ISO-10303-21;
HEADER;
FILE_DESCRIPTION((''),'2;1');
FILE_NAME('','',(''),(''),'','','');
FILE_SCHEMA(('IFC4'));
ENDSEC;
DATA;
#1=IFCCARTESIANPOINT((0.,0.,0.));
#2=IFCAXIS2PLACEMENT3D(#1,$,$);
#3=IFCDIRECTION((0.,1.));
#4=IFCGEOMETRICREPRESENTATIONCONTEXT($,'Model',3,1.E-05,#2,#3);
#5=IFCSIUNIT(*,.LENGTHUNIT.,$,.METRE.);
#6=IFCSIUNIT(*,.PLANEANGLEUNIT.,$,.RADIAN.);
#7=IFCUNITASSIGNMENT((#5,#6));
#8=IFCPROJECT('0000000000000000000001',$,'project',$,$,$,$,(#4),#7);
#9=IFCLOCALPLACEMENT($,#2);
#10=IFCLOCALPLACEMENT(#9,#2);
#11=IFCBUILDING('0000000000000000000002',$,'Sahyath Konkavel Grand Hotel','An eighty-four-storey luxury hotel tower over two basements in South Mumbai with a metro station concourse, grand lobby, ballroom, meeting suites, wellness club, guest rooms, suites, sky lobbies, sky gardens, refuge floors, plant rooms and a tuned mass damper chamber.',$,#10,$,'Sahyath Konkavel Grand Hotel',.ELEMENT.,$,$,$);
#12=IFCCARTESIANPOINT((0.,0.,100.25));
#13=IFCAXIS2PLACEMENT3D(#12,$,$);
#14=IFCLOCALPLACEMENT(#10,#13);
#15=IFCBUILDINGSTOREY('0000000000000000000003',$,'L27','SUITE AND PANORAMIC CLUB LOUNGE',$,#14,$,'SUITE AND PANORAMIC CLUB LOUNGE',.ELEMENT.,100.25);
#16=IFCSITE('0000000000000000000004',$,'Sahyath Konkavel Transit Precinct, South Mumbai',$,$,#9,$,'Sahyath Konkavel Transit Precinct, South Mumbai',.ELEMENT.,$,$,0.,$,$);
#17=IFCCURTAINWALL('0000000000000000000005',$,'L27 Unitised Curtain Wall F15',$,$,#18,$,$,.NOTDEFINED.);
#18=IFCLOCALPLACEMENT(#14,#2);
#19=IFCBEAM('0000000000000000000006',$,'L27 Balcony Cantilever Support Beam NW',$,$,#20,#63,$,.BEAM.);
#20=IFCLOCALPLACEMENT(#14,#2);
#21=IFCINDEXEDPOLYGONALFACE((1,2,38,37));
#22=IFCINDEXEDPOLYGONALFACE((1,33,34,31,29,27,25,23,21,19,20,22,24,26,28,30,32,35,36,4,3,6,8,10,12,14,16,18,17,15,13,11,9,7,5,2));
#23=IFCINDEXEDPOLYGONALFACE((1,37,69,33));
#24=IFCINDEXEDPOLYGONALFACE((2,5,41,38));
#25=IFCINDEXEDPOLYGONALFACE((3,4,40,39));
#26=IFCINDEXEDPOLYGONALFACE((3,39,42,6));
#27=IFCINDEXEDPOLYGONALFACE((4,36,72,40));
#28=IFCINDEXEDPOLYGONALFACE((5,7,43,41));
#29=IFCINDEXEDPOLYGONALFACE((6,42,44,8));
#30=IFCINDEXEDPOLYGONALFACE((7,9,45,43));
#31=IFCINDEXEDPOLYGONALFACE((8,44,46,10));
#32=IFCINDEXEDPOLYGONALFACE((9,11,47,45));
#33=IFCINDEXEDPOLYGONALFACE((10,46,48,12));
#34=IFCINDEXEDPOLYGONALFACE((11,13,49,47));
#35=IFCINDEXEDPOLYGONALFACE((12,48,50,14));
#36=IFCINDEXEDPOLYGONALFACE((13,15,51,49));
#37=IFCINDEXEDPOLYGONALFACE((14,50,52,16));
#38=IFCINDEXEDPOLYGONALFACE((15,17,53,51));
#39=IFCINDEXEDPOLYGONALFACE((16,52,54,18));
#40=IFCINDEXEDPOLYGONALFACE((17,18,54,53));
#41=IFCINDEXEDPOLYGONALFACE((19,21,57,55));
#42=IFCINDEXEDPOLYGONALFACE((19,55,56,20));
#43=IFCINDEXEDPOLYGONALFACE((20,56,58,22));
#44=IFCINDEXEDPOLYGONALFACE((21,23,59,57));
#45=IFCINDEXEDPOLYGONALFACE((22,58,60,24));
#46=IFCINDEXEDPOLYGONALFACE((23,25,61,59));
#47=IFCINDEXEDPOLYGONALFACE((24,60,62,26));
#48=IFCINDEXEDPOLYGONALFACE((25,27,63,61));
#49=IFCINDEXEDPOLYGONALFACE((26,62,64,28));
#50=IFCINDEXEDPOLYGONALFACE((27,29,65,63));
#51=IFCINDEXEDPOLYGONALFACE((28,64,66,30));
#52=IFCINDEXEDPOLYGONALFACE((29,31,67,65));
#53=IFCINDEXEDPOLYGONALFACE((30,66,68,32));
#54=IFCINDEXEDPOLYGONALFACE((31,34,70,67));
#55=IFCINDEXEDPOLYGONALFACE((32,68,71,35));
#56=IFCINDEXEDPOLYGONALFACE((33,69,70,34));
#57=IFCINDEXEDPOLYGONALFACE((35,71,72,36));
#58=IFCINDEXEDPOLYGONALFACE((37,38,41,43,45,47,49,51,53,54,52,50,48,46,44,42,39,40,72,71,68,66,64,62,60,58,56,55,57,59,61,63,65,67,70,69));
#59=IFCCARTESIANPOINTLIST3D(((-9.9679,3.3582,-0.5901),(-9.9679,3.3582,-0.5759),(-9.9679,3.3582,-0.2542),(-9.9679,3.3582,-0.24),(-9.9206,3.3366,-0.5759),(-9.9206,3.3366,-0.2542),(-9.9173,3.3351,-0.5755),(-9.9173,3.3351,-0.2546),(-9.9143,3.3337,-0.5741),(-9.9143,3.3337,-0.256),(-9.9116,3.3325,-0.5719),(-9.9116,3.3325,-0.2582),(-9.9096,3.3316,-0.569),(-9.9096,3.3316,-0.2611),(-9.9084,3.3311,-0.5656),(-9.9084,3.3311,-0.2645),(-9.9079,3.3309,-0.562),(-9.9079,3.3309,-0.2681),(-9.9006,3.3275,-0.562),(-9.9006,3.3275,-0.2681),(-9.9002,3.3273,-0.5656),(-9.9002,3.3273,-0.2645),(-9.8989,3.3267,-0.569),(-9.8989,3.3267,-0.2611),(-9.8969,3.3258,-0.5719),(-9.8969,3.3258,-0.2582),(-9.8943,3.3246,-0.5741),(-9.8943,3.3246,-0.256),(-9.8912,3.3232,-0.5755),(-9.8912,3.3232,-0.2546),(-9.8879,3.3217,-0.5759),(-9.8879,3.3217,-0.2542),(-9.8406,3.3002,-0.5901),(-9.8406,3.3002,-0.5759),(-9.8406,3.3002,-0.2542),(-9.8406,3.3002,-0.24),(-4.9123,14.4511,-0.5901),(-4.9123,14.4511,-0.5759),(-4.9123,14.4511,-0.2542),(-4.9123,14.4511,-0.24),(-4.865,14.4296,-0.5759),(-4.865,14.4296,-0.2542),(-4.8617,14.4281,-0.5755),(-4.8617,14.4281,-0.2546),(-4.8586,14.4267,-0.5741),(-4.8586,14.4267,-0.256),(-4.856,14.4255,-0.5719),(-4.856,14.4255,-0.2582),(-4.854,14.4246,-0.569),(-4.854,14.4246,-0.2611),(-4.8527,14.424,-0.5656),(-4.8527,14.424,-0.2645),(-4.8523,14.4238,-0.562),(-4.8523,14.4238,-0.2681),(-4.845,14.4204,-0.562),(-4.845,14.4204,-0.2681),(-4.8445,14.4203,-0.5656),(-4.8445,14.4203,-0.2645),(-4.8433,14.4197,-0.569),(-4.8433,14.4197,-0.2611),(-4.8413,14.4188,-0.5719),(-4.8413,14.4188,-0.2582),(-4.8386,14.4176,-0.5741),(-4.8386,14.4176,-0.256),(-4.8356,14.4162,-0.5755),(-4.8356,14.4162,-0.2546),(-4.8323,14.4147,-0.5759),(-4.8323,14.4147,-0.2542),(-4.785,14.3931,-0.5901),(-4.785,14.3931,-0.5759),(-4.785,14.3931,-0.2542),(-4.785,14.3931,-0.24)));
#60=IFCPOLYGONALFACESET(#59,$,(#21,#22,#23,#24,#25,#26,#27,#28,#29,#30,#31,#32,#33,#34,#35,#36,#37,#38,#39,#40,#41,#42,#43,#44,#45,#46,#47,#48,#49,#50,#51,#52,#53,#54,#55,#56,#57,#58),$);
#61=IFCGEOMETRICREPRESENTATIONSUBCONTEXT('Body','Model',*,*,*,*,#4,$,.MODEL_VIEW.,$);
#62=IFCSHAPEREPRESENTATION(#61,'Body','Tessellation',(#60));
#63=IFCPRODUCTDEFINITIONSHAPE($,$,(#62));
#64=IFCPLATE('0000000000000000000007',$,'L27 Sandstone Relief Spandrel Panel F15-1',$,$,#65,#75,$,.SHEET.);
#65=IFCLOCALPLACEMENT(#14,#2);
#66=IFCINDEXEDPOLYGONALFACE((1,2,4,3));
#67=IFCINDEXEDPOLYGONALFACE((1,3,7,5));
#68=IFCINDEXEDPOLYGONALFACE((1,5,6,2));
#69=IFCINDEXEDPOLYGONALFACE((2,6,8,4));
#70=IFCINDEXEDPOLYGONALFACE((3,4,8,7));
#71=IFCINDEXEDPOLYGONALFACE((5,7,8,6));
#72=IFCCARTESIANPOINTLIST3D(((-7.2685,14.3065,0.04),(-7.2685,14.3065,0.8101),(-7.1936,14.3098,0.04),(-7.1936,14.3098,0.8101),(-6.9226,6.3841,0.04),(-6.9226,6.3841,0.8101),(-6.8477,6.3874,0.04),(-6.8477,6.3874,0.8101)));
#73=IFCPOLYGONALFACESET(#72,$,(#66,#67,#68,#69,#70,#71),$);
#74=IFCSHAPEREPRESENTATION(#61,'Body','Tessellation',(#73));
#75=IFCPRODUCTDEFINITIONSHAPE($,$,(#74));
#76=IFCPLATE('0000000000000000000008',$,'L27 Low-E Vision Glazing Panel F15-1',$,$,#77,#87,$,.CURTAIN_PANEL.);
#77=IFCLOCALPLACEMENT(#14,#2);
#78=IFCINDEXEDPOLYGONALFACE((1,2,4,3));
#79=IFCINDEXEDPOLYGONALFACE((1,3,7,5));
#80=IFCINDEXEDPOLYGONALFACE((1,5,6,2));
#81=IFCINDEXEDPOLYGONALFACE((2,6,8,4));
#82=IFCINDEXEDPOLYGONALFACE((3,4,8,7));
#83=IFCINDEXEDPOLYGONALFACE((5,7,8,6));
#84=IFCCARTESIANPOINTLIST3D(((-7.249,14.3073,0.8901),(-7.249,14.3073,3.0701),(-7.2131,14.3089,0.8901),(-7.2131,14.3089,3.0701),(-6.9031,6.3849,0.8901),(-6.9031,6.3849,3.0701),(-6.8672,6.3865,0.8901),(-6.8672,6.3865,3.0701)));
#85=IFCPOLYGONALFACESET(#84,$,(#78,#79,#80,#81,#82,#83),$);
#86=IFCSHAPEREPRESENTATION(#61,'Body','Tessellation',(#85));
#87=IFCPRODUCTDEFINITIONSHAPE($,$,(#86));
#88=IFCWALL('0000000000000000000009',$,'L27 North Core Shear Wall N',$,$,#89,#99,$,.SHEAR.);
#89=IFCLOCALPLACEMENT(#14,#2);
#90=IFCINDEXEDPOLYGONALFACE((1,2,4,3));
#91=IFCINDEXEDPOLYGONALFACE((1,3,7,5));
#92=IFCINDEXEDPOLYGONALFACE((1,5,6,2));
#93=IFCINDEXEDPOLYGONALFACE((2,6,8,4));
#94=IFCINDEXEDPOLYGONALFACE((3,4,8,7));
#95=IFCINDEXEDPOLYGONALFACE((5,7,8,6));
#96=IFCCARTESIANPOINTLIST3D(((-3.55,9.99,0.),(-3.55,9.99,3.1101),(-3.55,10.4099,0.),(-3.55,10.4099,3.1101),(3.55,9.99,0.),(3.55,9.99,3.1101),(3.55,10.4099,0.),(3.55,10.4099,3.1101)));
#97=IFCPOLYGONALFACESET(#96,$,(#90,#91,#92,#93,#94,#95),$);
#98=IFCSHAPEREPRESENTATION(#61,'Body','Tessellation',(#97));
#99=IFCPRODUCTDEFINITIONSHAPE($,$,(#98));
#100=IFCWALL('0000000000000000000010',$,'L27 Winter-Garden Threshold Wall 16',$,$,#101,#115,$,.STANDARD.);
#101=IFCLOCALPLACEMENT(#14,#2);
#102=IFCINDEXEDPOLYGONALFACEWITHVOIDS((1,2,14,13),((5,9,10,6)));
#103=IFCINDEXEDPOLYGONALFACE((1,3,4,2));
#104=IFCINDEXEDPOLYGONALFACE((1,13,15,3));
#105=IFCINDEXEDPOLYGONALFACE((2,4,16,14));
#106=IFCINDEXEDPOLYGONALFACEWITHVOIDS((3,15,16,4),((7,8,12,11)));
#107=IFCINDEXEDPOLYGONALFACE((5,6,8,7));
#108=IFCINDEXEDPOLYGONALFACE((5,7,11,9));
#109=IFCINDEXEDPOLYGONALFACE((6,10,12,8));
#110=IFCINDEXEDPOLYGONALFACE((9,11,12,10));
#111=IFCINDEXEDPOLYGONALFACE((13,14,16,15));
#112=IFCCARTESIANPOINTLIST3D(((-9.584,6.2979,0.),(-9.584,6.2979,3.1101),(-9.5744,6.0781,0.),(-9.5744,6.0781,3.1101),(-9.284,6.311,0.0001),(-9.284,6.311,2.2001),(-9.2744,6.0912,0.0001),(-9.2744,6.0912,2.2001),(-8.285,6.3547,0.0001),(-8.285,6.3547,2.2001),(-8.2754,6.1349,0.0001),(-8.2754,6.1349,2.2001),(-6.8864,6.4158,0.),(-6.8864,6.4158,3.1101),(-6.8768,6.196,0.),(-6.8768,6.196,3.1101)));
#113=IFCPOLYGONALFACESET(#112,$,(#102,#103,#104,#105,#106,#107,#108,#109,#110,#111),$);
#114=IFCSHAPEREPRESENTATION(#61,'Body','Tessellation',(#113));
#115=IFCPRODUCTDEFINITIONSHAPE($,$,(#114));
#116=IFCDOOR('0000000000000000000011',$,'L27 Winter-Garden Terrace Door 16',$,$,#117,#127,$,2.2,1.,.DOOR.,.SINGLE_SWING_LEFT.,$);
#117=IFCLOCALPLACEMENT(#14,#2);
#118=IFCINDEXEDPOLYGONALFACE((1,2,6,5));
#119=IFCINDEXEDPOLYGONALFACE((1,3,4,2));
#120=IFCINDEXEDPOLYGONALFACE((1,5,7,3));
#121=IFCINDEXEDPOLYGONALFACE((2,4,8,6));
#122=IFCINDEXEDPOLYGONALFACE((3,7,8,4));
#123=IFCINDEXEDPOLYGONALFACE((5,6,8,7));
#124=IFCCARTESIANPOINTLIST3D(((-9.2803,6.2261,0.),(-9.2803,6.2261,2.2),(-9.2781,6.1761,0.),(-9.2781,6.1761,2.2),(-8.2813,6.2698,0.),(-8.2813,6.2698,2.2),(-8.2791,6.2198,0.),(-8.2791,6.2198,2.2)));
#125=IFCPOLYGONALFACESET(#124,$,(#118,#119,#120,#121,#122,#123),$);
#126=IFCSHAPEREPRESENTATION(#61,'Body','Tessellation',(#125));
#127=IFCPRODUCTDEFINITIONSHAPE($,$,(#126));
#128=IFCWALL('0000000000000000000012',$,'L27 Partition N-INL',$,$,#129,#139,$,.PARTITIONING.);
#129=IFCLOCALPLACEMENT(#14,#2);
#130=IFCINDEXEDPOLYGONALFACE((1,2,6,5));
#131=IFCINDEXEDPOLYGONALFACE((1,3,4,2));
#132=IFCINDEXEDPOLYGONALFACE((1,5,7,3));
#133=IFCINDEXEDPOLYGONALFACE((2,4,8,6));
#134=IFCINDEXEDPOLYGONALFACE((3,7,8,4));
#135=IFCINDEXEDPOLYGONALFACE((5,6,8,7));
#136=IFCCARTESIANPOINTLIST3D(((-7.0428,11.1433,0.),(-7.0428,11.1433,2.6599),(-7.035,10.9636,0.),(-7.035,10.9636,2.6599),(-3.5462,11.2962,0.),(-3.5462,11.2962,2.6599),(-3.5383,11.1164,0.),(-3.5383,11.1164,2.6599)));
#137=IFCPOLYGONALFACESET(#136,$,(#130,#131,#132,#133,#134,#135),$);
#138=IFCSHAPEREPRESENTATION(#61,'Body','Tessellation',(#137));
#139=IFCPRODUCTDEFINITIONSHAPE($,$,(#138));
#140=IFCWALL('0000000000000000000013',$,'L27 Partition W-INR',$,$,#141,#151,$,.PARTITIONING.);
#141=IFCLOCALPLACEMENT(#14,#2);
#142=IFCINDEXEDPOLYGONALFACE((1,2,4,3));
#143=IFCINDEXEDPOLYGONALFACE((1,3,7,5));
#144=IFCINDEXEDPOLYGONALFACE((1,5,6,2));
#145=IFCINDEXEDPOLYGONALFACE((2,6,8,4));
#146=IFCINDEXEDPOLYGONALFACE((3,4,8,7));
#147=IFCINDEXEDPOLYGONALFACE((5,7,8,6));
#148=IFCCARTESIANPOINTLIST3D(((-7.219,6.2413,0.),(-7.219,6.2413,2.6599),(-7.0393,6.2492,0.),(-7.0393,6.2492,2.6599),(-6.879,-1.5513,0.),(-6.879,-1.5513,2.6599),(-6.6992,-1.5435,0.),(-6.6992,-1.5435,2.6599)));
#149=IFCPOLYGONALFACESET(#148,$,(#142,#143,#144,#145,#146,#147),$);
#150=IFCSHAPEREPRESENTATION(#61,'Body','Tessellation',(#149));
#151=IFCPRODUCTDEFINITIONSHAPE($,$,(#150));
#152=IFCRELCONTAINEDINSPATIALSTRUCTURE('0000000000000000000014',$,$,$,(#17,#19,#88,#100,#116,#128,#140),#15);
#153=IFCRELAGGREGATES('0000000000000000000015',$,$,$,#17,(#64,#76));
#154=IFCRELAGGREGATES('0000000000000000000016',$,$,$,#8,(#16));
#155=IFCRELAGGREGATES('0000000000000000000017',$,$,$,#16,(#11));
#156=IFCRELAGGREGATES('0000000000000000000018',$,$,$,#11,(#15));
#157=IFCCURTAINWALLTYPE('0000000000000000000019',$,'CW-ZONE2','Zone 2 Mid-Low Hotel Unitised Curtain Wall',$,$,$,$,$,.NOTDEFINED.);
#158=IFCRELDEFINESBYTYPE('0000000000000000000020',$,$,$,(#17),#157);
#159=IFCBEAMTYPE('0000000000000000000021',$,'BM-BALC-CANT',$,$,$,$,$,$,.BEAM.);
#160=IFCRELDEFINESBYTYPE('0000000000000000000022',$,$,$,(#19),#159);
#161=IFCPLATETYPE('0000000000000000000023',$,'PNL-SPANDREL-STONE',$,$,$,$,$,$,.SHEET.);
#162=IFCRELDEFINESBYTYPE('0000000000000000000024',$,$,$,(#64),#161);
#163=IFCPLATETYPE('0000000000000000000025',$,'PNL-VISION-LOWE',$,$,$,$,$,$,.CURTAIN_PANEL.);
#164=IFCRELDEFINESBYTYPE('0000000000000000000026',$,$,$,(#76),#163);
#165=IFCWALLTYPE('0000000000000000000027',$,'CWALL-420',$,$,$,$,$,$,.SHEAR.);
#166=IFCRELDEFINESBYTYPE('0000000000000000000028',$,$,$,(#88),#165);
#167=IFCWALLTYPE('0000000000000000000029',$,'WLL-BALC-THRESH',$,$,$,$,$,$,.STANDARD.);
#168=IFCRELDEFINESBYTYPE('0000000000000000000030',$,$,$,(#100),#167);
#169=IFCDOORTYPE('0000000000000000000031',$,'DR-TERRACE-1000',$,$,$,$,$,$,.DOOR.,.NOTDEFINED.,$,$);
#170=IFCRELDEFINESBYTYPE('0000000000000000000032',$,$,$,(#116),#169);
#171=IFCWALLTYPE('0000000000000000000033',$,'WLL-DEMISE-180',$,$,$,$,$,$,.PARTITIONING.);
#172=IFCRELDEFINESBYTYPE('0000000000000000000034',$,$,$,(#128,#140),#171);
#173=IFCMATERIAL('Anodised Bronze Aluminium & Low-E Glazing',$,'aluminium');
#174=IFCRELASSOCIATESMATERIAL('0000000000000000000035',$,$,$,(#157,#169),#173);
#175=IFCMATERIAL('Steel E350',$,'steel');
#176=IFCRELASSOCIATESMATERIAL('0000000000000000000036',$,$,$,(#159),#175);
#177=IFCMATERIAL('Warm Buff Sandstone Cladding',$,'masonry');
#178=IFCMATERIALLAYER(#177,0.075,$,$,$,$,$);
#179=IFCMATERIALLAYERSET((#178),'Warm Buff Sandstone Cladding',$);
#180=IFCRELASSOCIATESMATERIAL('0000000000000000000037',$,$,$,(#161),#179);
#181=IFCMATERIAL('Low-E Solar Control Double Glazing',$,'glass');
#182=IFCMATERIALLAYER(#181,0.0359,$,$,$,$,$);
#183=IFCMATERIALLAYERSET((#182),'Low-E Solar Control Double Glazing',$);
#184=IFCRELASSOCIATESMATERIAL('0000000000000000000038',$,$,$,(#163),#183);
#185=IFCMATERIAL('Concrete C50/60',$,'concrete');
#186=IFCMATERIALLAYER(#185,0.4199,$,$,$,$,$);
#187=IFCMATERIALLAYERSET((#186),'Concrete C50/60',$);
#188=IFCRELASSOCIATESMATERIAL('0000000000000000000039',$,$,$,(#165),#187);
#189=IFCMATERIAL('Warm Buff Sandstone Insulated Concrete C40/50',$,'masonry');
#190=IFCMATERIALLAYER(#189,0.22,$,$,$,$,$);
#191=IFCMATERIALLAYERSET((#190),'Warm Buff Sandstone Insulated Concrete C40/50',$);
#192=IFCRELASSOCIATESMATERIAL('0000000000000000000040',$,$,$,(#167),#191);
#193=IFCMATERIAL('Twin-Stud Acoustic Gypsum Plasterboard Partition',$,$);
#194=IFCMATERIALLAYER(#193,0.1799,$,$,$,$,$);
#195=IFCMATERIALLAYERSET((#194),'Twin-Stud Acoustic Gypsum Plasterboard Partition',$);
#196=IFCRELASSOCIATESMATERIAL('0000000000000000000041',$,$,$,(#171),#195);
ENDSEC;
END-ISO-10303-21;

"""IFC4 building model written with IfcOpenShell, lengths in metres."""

from ifc_helpers import new_model, si_unit, direction, frame, frame_2d, origin, origin_2d, place, context, subcontext, project, spatial, rectangle, i_section, extrude, source, transform, mapped, material, layer, layer_set, material_profile, profile_set, type_object, element, fill, aggregate, save


model = new_model("IFC4")

# Units and contexts
model_context = context("Model", 3, precision=1e-05, world=origin(), true_north=direction((0.0, 1.0)))
body_context = subcontext(model_context, "Body", "Model", "MODEL_VIEW")
ifc_project = project(units=[si_unit("LENGTHUNIT", "METRE"), si_unit("PLANEANGLEUNIT", "RADIAN")], contexts=[model_context])

# Site, building, storey
site_placement = place(None, origin())
site = spatial("IfcSite", under=ifc_project, at=site_placement, Name="Sahyath Konkavel Transit Precinct, South Mumbai", LongName="Sahyath Konkavel Transit Precinct, South Mumbai", CompositionType="ELEMENT", RefElevation=0.0)
building_placement = place(site_placement, origin())
building = spatial("IfcBuilding", under=site, at=building_placement, Name="Sahyath Konkavel Grand Hotel", Description="An eighty-four-storey luxury hotel tower over two basements in South Mumbai with a metro station concourse, grand lobby, ballroom, meeting suites, wellness club, guest rooms, suites, sky lobbies, sky gardens, refuge floors, plant rooms and a tuned mass damper chamber.", LongName="Sahyath Konkavel Grand Hotel", CompositionType="ELEMENT")
storey_placement = place(building_placement, frame((0.0, 0.0, 100.25)))
storey = spatial("IfcBuildingStorey", under=building, at=storey_placement, Name="L27", Description="SUITE AND PANORAMIC CLUB LOUNGE", LongName="SUITE AND PANORAMIC CLUB LOUNGE", CompositionType="ELEMENT", Elevation=100.25)

# Shared definitions
ifc_material_1 = material(Name="Steel E350", Category="steel")

# Curtain wall
ifc_material_2 = material(Name="Anodised Bronze Aluminium & Low-E Glazing", Category="aluminium")
curtain_wall_type = type_object("IfcCurtainWallType", Name="CW-ZONE2", Description="Zone 2 Mid-Low Hotel Unitised Curtain Wall", PredefinedType="NOTDEFINED", material=ifc_material_2)
curtain_wall_1_placement = place(storey_placement, origin())
curtain_wall_1 = element("IfcCurtainWall", 1, at=curtain_wall_1_placement, inside=storey, type_object=curtain_wall_type, Name="L27 Unitised Curtain Wall F15", PredefinedType="NOTDEFINED")

# Beam
ifc_material_profile_1 = material_profile(ifc_material_1, i_section(OverallWidth=0.1399, OverallDepth=0.3501, WebThickness=0.0081, FlangeThickness=0.0142, FilletRadius=0.0139, at=origin_2d()), Name="ISMB 350")
ifc_profile_set_1 = profile_set([ifc_material_profile_1], Name="Steel E350")
beam_type_1 = type_object("IfcBeamType", Name="BM-BALC-CANT", PredefinedType="BEAM", material=ifc_profile_set_1)
shared_shape_1 = source(origin(), body_context, "Body", "SweptSolid", [
    extrude(i_section(OverallWidth=0.1399, OverallDepth=0.3501, WebThickness=0.0081, FlangeThickness=0.0142, FilletRadius=0.0139, at=origin_2d()), origin(), (0.0, 0.0, 1.0), 12.1907),
])
beam_1_placement = place(storey_placement, frame((-4.8486, 14.4221, -0.415), z_axis=(-0.414713, -0.909952, 0.0), x_axis=(0.909952, -0.414713, 0.0)))
element("IfcBeam", 2, at=beam_1_placement, inside=storey, type_object=beam_type_1, Name="L27 Balcony Cantilever Support Beam NW", PredefinedType="BEAM", context=body_context, shape_type="MappedRepresentation", body=[
    mapped(shared_shape_1, transform((0.0, 0.0, 0.0), scale=1.0)),
])

# Plates
ifc_material_3 = material(Name="Warm Buff Sandstone Cladding", Category="masonry")
ifc_layer_1 = layer(ifc_material_3, 0.075)
ifc_layer_set_1 = layer_set([ifc_layer_1], Name="Warm Buff Sandstone Cladding")
plate_type_1 = type_object("IfcPlateType", Name="PNL-SPANDREL-STONE", PredefinedType="SHEET", material=ifc_layer_set_1)
shared_shape_2 = source(origin(), body_context, "Body", "SweptSolid", [
    extrude(rectangle(XDim=7.9299, YDim=0.075, at=origin_2d()), origin(), (0.0, 0.0, 1.0), 0.77),
])
plate_1_placement = place(storey_placement, frame((-7.0581, 10.3469, 0.04), z_axis=(0.0, 0.0, 1.0), x_axis=(0.043619, -0.999048, 0.0)))
plate_1 = element("IfcPlate", 3, at=plate_1_placement, type_object=plate_type_1, Name="L27 Sandstone Relief Spandrel Panel F15-1", PredefinedType="SHEET", context=body_context, shape_type="MappedRepresentation", body=[
    mapped(shared_shape_2, transform((0.0, 0.0, 0.0), scale=1.0)),
])
ifc_material_4 = material(Name="Low-E Solar Control Double Glazing", Category="glass")
ifc_layer_2 = layer(ifc_material_4, 0.0359)
ifc_layer_set_2 = layer_set([ifc_layer_2], Name="Low-E Solar Control Double Glazing")
plate_type_2 = type_object("IfcPlateType", Name="PNL-VISION-LOWE", PredefinedType="CURTAIN_PANEL", material=ifc_layer_set_2)
shared_shape_3 = source(origin(), body_context, "Body", "SweptSolid", [
    extrude(rectangle(XDim=7.9299, YDim=0.0359, at=origin_2d()), origin(), (0.0, 0.0, 1.0), 2.1799),
])
plate_2_placement = place(storey_placement, frame((-7.0581, 10.3469, 0.8901), z_axis=(0.0, 0.0, 1.0), x_axis=(0.043619, -0.999048, 0.0)))
plate_2 = element("IfcPlate", 4, at=plate_2_placement, type_object=plate_type_2, Name="L27 Low-E Vision Glazing Panel F15-1", PredefinedType="CURTAIN_PANEL", context=body_context, shape_type="MappedRepresentation", body=[
    mapped(shared_shape_3, transform((0.0, 0.0, 0.0), scale=1.0)),
])
aggregate(curtain_wall_1, [plate_1, plate_2])

# Wall
ifc_material_5 = material(Name="Concrete C50/60", Category="concrete")
ifc_layer_3 = layer(ifc_material_5, 0.4199)
ifc_layer_set_3 = layer_set([ifc_layer_3], Name="Concrete C50/60")
wall_type_1 = type_object("IfcWallType", Name="CWALL-420", PredefinedType="SHEAR", material=ifc_layer_set_3)
wall_1_placement = place(storey_placement, frame((-3.55, 10.2, 0.0), z_axis=(0.0, 0.0, 1.0), x_axis=(1.0, 0.0, 0.0)))
element("IfcWall", 5, at=wall_1_placement, inside=storey, type_object=wall_type_1, Name="L27 North Core Shear Wall N", PredefinedType="SHEAR", context=body_context, shape_type="SweptSolid", body=[
    extrude(rectangle(XDim=7.1001, YDim=0.4199, at=frame_2d((3.55, 0.0))), origin(), (0.0, 0.0, 1.0), 3.1101),
])

# Wall, opening, door
ifc_material_6 = material(Name="Warm Buff Sandstone Insulated Concrete C40/50", Category="masonry")
ifc_layer_4 = layer(ifc_material_6, 0.22)
ifc_layer_set_4 = layer_set([ifc_layer_4], Name="Warm Buff Sandstone Insulated Concrete C40/50")
wall_type_2 = type_object("IfcWallType", Name="WLL-BALC-THRESH", PredefinedType="STANDARD", material=ifc_layer_set_4)
wall_2_placement = place(storey_placement, frame((-6.8816, 6.3059, 0.0), z_axis=(0.0, 0.0, 1.0), x_axis=(-0.999046, -0.043673, 0.0)))
wall_2 = element("IfcWall", 6, at=wall_2_placement, inside=storey, type_object=wall_type_2, Name="L27 Winter-Garden Threshold Wall 16", PredefinedType="STANDARD", context=body_context, shape_type="SweptSolid", body=[
    extrude(rectangle(XDim=2.7002, YDim=0.22, at=frame_2d((1.3501, 0.0))), origin(), (0.0, 0.0, 1.0), 3.1101),
])
opening_1_placement = place(wall_2_placement, frame((1.3999, 0.0, 0.0)))
opening_1 = element("IfcOpeningElement", 7, at=opening_1_placement, cuts=wall_2, PredefinedType="OPENING", context=body_context, shape_type="SweptSolid", body=[
    extrude(rectangle(XDim=1.0, YDim=2.2, at=frame_2d((0.5, 1.1001))), frame((0.0, 0.1201, 0.0), z_axis=(0.0, -1.0, 0.0), x_axis=(1.0, 0.0, 0.0)), (0.0, 0.0, 1.0), 0.24),
])
door_type_1 = type_object("IfcDoorType", Name="DR-TERRACE-1000", OperationType="NOTDEFINED", PredefinedType="DOOR", material=ifc_material_2)
shared_shape_4 = source(origin(), body_context, "Body", "SweptSolid", [
    extrude(rectangle(XDim=1.0, YDim=0.05, at=origin_2d()), origin(), (0.0, 0.0, 1.0), 2.2),
])
door_1_placement = place(opening_1_placement, frame((0.5, 0.0, 0.0)))
door_1 = element("IfcDoor", 8, at=door_1_placement, inside=storey, type_object=door_type_1, Name="L27 Winter-Garden Terrace Door 16", OperationType="SINGLE_SWING_LEFT", OverallHeight=2.2, OverallWidth=1.0, PredefinedType="DOOR", context=body_context, shape_type="MappedRepresentation", body=[
    mapped(shared_shape_4, transform((0.0, 0.0, 0.0), scale=1.0)),
])
fill(opening_1, door_1)

# Walls
ifc_material_7 = material(Name="Twin-Stud Acoustic Gypsum Plasterboard Partition")
ifc_layer_5 = layer(ifc_material_7, 0.1799)
ifc_layer_set_5 = layer_set([ifc_layer_5], Name="Twin-Stud Acoustic Gypsum Plasterboard Partition")
wall_type_3 = type_object("IfcWallType", Name="WLL-DEMISE-180", PredefinedType="PARTITIONING", material=ifc_layer_set_5)
wall_3_placement = place(storey_placement, frame((-3.5422, 11.2063, 0.0), z_axis=(0.0, 0.0, 1.0), x_axis=(-0.999046, -0.043667, 0.0)))
element("IfcWall", 9, at=wall_3_placement, inside=storey, type_object=wall_type_3, Name="L27 Partition N-INL", PredefinedType="PARTITIONING", context=body_context, shape_type="SweptSolid", body=[
    extrude(rectangle(XDim=3.5, YDim=0.1799, at=frame_2d((1.75, 0.0))), origin(), (0.0, 0.0, 1.0), 2.6599),
])
wall_4_placement = place(storey_placement, frame((-7.1292, 6.2451, 0.0), z_axis=(0.0, 0.0, 1.0), x_axis=(0.0436, -0.999049, 0.0)))
element("IfcWall", 10, at=wall_4_placement, inside=storey, type_object=wall_type_3, Name="L27 Partition W-INR", PredefinedType="PARTITIONING", context=body_context, shape_type="SweptSolid", body=[
    extrude(rectangle(XDim=7.8, YDim=0.1799, at=frame_2d((3.8999, 0.0))), origin(), (0.0, 0.0, 1.0), 2.6599),
])

save(model, "model.ifc")
